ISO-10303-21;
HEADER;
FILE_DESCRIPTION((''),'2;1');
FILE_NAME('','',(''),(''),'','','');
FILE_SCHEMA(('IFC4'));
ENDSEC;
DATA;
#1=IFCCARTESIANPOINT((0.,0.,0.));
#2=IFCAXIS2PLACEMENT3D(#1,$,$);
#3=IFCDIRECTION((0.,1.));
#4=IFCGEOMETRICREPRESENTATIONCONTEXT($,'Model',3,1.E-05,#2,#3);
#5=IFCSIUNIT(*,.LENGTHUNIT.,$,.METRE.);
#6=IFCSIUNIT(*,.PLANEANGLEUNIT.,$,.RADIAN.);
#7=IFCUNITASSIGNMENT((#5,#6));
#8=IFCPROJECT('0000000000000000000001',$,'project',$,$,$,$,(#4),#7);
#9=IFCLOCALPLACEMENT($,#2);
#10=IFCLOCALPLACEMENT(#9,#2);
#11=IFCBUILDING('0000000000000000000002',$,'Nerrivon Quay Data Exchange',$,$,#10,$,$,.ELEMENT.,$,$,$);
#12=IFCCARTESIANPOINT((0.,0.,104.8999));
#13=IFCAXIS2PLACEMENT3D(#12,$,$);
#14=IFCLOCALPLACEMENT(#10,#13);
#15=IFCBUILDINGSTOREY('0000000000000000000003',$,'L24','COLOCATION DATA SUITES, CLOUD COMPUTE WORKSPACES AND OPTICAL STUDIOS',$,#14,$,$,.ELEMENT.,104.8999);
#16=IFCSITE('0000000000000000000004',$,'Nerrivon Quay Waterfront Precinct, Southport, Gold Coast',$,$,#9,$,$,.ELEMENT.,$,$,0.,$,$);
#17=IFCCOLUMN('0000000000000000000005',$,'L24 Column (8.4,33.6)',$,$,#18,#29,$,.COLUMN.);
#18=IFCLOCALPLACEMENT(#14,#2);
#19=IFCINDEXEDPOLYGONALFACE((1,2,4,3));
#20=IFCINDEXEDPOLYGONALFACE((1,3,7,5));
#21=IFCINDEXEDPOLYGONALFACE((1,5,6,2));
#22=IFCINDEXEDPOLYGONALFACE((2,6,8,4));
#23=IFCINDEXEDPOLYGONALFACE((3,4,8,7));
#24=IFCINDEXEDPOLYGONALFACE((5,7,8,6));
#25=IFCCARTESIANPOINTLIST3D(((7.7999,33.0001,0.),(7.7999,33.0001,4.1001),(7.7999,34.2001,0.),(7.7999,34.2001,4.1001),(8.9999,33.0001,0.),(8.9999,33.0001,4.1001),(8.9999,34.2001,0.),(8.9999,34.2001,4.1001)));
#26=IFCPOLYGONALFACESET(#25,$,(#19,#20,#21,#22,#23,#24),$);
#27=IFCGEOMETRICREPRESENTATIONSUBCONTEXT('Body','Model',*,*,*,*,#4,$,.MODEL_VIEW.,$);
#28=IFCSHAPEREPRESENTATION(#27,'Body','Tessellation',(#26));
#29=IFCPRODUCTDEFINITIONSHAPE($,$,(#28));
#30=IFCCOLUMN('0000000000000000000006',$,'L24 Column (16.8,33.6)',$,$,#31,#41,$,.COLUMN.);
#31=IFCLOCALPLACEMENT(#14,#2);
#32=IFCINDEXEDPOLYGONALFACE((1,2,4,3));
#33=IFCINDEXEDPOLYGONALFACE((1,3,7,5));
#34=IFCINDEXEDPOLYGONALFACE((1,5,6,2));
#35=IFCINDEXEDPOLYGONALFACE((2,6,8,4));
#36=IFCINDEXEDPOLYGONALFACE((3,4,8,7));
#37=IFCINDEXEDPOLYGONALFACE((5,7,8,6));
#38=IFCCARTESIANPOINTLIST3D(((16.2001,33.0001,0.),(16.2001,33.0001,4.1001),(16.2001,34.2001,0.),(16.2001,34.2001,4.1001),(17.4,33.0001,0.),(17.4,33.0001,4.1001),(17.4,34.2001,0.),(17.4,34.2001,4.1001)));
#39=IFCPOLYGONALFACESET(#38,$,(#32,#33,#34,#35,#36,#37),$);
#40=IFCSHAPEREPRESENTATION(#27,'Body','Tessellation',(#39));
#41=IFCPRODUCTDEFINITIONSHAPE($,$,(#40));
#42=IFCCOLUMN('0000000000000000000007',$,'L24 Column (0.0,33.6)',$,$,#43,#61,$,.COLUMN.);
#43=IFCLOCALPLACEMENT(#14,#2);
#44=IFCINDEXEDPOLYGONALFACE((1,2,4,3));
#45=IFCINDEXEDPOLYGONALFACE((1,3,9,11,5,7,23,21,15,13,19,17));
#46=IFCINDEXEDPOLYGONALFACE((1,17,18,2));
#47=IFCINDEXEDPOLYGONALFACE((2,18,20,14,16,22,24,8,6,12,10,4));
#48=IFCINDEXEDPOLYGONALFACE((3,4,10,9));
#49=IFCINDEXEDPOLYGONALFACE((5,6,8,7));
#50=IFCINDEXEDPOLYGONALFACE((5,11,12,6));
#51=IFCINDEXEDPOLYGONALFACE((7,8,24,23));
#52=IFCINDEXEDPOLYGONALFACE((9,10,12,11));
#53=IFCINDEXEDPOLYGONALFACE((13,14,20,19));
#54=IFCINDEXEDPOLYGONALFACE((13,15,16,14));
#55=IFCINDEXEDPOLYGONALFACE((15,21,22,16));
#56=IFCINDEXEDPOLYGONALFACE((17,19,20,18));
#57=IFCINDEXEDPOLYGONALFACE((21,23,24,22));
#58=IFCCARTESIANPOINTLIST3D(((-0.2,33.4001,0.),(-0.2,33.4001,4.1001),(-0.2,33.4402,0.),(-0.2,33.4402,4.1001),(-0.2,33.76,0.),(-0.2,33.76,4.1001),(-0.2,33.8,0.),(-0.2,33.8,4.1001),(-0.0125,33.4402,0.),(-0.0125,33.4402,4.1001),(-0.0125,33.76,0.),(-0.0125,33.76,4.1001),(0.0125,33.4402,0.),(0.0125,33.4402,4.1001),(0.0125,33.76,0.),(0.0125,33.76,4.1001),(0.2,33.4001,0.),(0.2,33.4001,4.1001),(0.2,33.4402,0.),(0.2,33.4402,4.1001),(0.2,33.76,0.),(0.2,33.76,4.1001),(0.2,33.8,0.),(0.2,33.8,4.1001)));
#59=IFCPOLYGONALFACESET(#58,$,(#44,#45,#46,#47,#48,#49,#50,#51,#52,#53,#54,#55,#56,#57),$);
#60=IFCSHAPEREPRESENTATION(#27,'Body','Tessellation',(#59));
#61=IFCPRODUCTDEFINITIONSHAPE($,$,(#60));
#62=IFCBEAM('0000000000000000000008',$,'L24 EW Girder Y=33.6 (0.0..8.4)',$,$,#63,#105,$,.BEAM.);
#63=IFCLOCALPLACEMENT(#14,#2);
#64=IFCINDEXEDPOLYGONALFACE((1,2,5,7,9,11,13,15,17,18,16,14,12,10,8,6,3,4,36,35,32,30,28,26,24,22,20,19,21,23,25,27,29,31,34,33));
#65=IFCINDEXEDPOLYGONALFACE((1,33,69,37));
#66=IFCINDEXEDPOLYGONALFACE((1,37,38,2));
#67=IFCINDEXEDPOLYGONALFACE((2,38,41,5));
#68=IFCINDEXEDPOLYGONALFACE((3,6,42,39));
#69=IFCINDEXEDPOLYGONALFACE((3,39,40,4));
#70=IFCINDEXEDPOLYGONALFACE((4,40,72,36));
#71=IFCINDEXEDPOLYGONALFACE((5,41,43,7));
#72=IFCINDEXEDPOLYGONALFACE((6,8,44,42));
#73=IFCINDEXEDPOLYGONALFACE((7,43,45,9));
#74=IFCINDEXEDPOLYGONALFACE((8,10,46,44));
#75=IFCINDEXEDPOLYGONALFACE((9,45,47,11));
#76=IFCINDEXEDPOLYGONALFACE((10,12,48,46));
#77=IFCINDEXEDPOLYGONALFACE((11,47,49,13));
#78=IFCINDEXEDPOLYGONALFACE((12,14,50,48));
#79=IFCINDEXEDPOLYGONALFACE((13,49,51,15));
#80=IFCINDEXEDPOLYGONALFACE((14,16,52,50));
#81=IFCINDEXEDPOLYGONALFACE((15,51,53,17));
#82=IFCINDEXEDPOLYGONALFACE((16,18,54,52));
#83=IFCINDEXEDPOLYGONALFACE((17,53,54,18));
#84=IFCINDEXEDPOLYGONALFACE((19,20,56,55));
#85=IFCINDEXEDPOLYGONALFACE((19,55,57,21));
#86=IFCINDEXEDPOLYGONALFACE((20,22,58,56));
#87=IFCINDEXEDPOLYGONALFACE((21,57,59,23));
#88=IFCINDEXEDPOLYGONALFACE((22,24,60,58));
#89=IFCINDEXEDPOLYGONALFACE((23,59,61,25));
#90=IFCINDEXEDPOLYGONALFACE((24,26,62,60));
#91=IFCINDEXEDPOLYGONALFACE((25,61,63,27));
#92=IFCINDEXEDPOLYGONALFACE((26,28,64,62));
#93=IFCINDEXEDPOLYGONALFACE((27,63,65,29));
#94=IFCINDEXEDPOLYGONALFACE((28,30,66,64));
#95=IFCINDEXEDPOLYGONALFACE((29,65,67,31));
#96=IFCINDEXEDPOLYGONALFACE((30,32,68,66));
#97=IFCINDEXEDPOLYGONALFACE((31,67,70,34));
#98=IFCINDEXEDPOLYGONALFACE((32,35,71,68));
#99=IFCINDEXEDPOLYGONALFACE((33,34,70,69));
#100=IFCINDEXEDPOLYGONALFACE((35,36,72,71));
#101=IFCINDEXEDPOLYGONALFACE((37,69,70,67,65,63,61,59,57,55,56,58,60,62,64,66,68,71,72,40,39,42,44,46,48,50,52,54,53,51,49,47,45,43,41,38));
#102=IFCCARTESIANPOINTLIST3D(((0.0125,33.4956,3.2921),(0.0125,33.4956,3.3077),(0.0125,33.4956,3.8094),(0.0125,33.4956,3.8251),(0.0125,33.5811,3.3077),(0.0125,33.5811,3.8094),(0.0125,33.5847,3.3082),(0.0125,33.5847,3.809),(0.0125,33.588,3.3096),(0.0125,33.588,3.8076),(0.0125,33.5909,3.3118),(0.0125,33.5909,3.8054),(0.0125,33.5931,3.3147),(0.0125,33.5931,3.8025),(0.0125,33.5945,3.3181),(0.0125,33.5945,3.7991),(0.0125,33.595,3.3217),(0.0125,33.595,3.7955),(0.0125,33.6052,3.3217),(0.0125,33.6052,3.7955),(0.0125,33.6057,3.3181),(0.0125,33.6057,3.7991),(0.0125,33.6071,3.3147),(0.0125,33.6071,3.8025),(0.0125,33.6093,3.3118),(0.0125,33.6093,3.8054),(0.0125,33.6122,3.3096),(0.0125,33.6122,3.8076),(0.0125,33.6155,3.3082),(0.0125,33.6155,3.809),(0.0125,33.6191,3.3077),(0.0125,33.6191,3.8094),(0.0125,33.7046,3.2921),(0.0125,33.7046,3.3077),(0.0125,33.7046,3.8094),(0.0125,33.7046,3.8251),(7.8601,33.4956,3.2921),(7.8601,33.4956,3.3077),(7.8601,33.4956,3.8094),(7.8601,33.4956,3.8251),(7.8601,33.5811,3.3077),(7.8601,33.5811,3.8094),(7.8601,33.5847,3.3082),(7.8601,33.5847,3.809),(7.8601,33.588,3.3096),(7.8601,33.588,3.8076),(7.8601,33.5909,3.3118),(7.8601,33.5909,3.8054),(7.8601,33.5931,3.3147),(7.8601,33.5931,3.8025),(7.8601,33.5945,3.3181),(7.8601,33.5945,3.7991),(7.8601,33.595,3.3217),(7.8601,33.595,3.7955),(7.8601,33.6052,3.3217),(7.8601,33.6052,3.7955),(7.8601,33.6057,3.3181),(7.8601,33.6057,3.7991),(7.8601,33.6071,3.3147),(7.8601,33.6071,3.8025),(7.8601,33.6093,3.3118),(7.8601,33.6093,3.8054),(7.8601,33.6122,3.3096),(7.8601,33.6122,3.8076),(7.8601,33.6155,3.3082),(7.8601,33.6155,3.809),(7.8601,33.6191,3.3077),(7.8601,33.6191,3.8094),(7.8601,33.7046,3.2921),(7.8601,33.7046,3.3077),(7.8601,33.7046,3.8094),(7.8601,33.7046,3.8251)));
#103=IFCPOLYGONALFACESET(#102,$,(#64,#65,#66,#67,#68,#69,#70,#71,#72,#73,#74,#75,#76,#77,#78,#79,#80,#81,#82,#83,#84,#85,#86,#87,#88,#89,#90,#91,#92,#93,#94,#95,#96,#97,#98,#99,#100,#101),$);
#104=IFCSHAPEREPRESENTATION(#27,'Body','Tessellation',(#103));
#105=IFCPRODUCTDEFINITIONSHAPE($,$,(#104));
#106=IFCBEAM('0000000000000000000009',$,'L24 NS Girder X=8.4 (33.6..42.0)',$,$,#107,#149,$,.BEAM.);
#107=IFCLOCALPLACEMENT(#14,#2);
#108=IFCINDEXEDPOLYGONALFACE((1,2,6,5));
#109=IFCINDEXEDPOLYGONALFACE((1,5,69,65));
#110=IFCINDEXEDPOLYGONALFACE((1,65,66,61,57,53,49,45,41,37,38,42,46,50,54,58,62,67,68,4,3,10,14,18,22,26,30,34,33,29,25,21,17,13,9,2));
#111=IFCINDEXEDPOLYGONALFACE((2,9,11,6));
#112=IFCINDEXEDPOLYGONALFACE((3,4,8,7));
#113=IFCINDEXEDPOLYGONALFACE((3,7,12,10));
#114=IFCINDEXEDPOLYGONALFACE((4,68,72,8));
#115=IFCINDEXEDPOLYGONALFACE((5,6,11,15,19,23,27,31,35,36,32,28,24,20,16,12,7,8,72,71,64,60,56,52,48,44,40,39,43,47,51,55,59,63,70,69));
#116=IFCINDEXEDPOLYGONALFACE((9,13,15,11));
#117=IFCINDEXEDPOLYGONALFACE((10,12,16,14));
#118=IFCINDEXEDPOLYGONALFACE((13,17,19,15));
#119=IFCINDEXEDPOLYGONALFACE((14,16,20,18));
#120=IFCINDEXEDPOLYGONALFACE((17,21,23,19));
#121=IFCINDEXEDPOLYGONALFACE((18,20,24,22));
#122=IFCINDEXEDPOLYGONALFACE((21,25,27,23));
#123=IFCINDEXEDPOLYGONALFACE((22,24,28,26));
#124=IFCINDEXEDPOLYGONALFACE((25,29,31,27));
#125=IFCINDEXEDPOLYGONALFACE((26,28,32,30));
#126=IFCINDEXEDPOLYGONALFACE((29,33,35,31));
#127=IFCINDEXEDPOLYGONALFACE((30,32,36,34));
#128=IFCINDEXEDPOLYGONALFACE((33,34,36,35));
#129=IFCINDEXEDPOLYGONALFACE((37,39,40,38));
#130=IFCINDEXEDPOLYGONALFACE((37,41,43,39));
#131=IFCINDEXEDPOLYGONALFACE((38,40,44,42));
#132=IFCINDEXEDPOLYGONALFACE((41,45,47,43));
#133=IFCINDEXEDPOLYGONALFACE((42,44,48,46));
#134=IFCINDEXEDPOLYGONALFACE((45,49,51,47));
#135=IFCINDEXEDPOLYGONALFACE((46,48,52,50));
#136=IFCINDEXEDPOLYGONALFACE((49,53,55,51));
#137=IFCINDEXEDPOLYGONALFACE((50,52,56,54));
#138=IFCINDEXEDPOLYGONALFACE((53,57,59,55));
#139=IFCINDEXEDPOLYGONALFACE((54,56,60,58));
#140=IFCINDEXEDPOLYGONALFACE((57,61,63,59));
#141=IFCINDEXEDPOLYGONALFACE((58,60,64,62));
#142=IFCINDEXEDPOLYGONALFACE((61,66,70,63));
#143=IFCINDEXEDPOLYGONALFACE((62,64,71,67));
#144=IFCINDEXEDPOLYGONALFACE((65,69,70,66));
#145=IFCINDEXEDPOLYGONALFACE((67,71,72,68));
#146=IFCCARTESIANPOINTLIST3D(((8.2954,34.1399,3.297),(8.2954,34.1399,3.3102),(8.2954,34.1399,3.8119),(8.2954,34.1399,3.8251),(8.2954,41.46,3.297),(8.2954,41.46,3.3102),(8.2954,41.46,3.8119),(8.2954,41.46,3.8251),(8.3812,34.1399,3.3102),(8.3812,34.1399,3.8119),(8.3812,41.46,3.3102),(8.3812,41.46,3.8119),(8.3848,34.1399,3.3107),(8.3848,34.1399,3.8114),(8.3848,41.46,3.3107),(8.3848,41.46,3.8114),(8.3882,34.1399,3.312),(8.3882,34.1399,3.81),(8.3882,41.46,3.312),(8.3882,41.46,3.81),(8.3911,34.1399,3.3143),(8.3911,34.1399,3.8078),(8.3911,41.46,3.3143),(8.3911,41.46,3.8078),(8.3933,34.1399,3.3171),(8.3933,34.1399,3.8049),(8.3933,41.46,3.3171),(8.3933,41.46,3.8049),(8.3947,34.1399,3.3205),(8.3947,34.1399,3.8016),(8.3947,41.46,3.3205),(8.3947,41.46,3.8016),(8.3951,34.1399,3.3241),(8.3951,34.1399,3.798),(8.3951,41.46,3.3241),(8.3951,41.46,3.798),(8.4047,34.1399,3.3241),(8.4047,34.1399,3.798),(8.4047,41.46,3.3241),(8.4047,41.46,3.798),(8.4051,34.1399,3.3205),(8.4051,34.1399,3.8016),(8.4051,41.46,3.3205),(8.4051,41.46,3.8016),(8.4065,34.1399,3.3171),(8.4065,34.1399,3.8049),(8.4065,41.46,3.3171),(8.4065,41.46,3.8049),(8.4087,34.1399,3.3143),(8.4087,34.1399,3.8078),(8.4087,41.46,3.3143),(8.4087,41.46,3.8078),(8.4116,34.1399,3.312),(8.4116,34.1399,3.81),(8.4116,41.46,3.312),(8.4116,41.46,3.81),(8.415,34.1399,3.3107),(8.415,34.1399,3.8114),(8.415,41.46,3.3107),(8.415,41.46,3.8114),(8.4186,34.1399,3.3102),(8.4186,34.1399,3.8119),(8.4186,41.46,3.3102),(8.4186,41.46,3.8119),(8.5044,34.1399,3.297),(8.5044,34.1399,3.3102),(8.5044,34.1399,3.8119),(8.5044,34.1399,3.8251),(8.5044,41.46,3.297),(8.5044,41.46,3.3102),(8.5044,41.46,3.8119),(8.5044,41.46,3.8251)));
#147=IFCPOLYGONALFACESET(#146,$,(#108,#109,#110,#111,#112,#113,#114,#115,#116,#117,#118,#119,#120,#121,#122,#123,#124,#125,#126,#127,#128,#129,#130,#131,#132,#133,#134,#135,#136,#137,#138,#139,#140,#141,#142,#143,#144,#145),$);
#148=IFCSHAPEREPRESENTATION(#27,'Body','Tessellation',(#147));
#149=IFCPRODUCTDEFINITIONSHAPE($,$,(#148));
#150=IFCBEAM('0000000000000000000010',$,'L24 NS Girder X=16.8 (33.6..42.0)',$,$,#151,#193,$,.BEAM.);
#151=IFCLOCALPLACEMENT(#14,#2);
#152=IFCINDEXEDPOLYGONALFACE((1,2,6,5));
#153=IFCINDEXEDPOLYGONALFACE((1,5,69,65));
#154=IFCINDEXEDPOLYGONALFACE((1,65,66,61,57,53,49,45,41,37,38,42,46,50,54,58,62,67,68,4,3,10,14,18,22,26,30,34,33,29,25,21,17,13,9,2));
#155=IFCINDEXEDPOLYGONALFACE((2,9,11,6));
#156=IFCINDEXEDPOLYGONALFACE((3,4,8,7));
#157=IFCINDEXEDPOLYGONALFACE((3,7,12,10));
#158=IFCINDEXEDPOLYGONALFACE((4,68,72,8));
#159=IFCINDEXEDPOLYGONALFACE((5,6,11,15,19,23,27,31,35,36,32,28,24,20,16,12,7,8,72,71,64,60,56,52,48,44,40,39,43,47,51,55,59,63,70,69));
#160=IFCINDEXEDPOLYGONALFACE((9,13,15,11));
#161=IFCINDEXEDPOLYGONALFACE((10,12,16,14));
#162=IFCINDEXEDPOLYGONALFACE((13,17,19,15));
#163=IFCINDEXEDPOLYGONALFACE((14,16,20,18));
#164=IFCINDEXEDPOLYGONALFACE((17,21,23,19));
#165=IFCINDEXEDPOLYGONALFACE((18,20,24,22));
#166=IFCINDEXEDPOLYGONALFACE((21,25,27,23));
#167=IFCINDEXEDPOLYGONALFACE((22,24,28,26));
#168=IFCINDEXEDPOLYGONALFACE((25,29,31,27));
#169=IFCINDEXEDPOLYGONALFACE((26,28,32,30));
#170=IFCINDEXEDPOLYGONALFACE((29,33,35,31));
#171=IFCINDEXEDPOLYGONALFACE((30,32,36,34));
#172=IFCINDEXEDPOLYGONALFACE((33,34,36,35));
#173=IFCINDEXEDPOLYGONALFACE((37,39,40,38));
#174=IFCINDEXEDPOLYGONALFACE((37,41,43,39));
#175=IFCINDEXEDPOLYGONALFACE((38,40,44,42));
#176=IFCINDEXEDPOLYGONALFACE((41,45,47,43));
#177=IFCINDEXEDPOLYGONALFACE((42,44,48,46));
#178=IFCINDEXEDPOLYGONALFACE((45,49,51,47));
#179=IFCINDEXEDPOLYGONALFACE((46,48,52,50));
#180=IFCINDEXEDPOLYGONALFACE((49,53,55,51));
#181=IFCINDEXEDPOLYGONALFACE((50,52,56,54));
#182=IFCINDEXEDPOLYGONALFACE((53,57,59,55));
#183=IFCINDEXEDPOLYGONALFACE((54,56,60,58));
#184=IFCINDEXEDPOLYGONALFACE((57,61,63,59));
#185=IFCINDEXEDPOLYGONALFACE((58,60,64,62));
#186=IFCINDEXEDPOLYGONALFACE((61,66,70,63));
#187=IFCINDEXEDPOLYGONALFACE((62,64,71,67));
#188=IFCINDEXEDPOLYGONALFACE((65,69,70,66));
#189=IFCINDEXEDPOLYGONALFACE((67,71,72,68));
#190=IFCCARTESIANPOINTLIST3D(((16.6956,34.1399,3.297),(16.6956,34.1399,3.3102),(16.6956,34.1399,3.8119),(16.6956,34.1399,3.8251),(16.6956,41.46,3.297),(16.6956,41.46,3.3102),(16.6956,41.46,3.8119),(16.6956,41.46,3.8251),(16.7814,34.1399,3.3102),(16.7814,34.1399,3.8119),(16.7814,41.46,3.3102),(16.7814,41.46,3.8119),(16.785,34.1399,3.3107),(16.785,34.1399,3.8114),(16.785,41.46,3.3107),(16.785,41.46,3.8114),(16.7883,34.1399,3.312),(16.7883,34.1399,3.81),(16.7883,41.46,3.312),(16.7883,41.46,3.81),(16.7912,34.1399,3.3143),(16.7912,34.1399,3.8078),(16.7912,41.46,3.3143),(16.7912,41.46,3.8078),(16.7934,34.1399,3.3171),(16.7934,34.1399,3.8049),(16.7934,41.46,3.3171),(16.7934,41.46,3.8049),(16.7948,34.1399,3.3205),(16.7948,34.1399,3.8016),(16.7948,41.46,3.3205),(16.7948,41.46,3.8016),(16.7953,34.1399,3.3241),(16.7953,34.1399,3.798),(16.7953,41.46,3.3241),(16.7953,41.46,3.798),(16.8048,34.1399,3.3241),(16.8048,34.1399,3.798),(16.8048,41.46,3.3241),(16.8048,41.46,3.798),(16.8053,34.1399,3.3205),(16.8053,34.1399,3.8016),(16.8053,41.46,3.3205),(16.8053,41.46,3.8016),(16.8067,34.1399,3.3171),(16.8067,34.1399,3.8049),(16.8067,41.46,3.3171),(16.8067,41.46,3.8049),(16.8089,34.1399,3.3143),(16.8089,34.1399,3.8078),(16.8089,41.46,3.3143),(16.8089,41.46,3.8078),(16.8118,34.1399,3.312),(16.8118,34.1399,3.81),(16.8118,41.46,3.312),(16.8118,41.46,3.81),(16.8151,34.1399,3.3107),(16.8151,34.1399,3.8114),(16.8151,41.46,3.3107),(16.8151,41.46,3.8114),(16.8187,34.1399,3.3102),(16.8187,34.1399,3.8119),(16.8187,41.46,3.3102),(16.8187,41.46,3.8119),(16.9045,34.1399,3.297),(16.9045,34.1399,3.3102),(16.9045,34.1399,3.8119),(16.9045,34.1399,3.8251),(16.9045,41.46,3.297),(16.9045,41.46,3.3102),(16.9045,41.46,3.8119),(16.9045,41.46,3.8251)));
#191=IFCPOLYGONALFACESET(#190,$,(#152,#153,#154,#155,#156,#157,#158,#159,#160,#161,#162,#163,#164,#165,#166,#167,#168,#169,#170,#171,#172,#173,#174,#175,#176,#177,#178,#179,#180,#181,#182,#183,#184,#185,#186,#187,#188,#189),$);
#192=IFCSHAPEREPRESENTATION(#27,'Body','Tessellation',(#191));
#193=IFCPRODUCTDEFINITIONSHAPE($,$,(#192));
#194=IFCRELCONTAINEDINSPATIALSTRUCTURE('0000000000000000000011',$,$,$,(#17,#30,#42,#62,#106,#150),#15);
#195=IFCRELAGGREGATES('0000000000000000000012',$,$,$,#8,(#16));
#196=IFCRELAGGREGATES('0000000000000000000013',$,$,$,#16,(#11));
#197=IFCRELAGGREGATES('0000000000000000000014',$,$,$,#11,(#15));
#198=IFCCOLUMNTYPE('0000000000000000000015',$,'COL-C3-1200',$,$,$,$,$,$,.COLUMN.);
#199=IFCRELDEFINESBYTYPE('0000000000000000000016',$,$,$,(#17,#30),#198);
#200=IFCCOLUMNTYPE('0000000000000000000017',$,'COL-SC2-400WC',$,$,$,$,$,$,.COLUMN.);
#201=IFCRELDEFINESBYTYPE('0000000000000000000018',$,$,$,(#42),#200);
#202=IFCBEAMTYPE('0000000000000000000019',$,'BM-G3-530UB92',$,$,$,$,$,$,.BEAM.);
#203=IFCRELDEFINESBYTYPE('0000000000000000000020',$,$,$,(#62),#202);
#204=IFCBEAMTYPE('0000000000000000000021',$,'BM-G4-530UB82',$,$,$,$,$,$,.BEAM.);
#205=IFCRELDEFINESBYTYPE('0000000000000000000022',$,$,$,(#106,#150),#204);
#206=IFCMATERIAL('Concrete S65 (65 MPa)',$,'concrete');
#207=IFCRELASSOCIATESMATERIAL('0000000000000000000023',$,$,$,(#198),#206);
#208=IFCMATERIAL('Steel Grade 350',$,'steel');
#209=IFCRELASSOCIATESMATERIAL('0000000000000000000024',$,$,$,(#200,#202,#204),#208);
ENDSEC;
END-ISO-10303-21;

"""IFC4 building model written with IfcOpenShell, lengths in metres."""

from ifc_helpers import new_model, si_unit, direction, frame, origin, origin_2d, place, context, subcontext, project, spatial, rectangle, i_section, extrude, material, material_profile, profile_set, type_object, element, save


model = new_model("IFC4")

# Units and contexts
model_context = context("Model", 3, precision=1e-05, world=origin(), true_north=direction((0.0, 1.0)))
body_context = subcontext(model_context, "Body", "Model", "MODEL_VIEW")
ifc_project = project(units=[si_unit("LENGTHUNIT", "METRE"), si_unit("PLANEANGLEUNIT", "RADIAN")], contexts=[model_context])

# Site, building, storey
site_placement = place(None, origin())
site = spatial("IfcSite", under=ifc_project, at=site_placement, Name="Nerrivon Quay Waterfront Precinct, Southport, Gold Coast", CompositionType="ELEMENT", RefElevation=0.0)
building_placement = place(site_placement, origin())
building = spatial("IfcBuilding", under=site, at=building_placement, Name="Nerrivon Quay Data Exchange", CompositionType="ELEMENT")
storey_placement = place(building_placement, frame((0.0, 0.0, 104.8999)))
storey = spatial("IfcBuildingStorey", under=building, at=storey_placement, Name="L24", Description="COLOCATION DATA SUITES, CLOUD COMPUTE WORKSPACES AND OPTICAL STUDIOS", CompositionType="ELEMENT", Elevation=104.8999)

# Columns
ifc_material_1 = material(Name="Concrete S65 (65 MPa)", Category="concrete")
ifc_material_profile_1 = material_profile(ifc_material_1, rectangle(XDim=1.2, YDim=1.2, at=origin_2d()), Name="RC-COL-1200x1200")
ifc_profile_set_1 = profile_set([ifc_material_profile_1], Name="Concrete S65 (65 MPa)")
column_type_1 = type_object("IfcColumnType", Name="COL-C3-1200", PredefinedType="COLUMN", material=ifc_profile_set_1)
for number, where, z_axis, x_axis, name in (
    (1, (8.3999, 33.6001, 0.0), (0.0, 0.0, 1.0), (1.0, 0.0, 0.0), "L24 Column (8.4,33.6)"),
    (2, (16.8, 33.6001, 0.0), (0.0, 0.0, 1.0), (1.0, 0.0, 0.0), "L24 Column (16.8,33.6)"),
):
    element("IfcColumn", number, at=place(storey_placement, frame(where, z_axis=z_axis, x_axis=x_axis)), inside=storey, type_object=column_type_1, Name=name, PredefinedType="COLUMN", context=body_context, shape_type="SweptSolid", body=[
        extrude(rectangle(XDim=1.2, YDim=1.2, at=origin_2d()), origin(), (0.0, 0.0, 1.0), 4.1001),
    ])
ifc_material_2 = material(Name="Steel Grade 350", Category="steel")
ifc_material_profile_2 = material_profile(ifc_material_2, i_section(OverallWidth=0.3999, OverallDepth=0.3999, WebThickness=0.0249, FlangeThickness=0.04, at=origin_2d()), Name="400WC328")
ifc_profile_set_2 = profile_set([ifc_material_profile_2], Name="Steel Grade 350")
column_type_2 = type_object("IfcColumnType", Name="COL-SC2-400WC", PredefinedType="COLUMN", material=ifc_profile_set_2)
column_placement = place(storey_placement, frame((0.0, 33.6001, 0.0), z_axis=(0.0, 0.0, 1.0), x_axis=(1.0, 0.0, 0.0)))
element("IfcColumn", 3, at=column_placement, inside=storey, type_object=column_type_2, Name="L24 Column (0.0,33.6)", PredefinedType="COLUMN", context=body_context, shape_type="SweptSolid", body=[
    extrude(i_section(OverallWidth=0.3999, OverallDepth=0.3999, WebThickness=0.0249, FlangeThickness=0.04, at=origin_2d()), origin(), (0.0, 0.0, 1.0), 4.1001),
])

# Beams
ifc_material_profile_3 = material_profile(ifc_material_2, i_section(OverallWidth=0.209, OverallDepth=0.533, WebThickness=0.0103, FlangeThickness=0.0156, FilletRadius=0.0139, at=origin_2d()), Name="530UB92.4")
ifc_profile_set_3 = profile_set([ifc_material_profile_3], Name="Steel Grade 350")
beam_type_1 = type_object("IfcBeamType", Name="BM-G3-530UB92", PredefinedType="BEAM", material=ifc_profile_set_3)
beam_1_placement = place(storey_placement, frame((0.0125, 33.6001, 3.5586), z_axis=(1.0, 0.0, 0.0), x_axis=(0.0, 1.0, 0.0)))
element("IfcBeam", 4, at=beam_1_placement, inside=storey, type_object=beam_type_1, Name="L24 EW Girder Y=33.6 (0.0..8.4)", PredefinedType="BEAM", context=body_context, shape_type="SweptSolid", body=[
    extrude(i_section(OverallWidth=0.209, OverallDepth=0.533, WebThickness=0.0103, FlangeThickness=0.0156, FilletRadius=0.0139, at=origin_2d()), origin(), (0.0, 0.0, 1.0), 7.8477),
])
ifc_material_profile_4 = material_profile(ifc_material_2, i_section(OverallWidth=0.209, OverallDepth=0.5281, WebThickness=0.0095, FlangeThickness=0.0132, FilletRadius=0.0139, at=origin_2d()), Name="530UB82.0")
ifc_profile_set_4 = profile_set([ifc_material_profile_4], Name="Steel Grade 350")
beam_type_2 = type_object("IfcBeamType", Name="BM-G4-530UB82", PredefinedType="BEAM", material=ifc_profile_set_4)
for number, where, z_axis, x_axis, name in (
    (5, (8.3999, 34.1399, 3.561), (0.0, 1.0, 0.0), (-1.0, 0.0, 0.0), "L24 NS Girder X=8.4 (33.6..42.0)"),
    (6, (16.8, 34.1399, 3.561), (0.0, 1.0, 0.0), (-1.0, 0.0, 0.0), "L24 NS Girder X=16.8 (33.6..42.0)"),
):
    element("IfcBeam", number, at=place(storey_placement, frame(where, z_axis=z_axis, x_axis=x_axis)), inside=storey, type_object=beam_type_2, Name=name, PredefinedType="BEAM", context=body_context, shape_type="SweptSolid", body=[
        extrude(i_section(OverallWidth=0.209, OverallDepth=0.5281, WebThickness=0.0095, FlangeThickness=0.0132, FilletRadius=0.0139, at=origin_2d()), origin(), (0.0, 0.0, 1.0), 7.3201),
    ])

save(model, "model.ifc")
